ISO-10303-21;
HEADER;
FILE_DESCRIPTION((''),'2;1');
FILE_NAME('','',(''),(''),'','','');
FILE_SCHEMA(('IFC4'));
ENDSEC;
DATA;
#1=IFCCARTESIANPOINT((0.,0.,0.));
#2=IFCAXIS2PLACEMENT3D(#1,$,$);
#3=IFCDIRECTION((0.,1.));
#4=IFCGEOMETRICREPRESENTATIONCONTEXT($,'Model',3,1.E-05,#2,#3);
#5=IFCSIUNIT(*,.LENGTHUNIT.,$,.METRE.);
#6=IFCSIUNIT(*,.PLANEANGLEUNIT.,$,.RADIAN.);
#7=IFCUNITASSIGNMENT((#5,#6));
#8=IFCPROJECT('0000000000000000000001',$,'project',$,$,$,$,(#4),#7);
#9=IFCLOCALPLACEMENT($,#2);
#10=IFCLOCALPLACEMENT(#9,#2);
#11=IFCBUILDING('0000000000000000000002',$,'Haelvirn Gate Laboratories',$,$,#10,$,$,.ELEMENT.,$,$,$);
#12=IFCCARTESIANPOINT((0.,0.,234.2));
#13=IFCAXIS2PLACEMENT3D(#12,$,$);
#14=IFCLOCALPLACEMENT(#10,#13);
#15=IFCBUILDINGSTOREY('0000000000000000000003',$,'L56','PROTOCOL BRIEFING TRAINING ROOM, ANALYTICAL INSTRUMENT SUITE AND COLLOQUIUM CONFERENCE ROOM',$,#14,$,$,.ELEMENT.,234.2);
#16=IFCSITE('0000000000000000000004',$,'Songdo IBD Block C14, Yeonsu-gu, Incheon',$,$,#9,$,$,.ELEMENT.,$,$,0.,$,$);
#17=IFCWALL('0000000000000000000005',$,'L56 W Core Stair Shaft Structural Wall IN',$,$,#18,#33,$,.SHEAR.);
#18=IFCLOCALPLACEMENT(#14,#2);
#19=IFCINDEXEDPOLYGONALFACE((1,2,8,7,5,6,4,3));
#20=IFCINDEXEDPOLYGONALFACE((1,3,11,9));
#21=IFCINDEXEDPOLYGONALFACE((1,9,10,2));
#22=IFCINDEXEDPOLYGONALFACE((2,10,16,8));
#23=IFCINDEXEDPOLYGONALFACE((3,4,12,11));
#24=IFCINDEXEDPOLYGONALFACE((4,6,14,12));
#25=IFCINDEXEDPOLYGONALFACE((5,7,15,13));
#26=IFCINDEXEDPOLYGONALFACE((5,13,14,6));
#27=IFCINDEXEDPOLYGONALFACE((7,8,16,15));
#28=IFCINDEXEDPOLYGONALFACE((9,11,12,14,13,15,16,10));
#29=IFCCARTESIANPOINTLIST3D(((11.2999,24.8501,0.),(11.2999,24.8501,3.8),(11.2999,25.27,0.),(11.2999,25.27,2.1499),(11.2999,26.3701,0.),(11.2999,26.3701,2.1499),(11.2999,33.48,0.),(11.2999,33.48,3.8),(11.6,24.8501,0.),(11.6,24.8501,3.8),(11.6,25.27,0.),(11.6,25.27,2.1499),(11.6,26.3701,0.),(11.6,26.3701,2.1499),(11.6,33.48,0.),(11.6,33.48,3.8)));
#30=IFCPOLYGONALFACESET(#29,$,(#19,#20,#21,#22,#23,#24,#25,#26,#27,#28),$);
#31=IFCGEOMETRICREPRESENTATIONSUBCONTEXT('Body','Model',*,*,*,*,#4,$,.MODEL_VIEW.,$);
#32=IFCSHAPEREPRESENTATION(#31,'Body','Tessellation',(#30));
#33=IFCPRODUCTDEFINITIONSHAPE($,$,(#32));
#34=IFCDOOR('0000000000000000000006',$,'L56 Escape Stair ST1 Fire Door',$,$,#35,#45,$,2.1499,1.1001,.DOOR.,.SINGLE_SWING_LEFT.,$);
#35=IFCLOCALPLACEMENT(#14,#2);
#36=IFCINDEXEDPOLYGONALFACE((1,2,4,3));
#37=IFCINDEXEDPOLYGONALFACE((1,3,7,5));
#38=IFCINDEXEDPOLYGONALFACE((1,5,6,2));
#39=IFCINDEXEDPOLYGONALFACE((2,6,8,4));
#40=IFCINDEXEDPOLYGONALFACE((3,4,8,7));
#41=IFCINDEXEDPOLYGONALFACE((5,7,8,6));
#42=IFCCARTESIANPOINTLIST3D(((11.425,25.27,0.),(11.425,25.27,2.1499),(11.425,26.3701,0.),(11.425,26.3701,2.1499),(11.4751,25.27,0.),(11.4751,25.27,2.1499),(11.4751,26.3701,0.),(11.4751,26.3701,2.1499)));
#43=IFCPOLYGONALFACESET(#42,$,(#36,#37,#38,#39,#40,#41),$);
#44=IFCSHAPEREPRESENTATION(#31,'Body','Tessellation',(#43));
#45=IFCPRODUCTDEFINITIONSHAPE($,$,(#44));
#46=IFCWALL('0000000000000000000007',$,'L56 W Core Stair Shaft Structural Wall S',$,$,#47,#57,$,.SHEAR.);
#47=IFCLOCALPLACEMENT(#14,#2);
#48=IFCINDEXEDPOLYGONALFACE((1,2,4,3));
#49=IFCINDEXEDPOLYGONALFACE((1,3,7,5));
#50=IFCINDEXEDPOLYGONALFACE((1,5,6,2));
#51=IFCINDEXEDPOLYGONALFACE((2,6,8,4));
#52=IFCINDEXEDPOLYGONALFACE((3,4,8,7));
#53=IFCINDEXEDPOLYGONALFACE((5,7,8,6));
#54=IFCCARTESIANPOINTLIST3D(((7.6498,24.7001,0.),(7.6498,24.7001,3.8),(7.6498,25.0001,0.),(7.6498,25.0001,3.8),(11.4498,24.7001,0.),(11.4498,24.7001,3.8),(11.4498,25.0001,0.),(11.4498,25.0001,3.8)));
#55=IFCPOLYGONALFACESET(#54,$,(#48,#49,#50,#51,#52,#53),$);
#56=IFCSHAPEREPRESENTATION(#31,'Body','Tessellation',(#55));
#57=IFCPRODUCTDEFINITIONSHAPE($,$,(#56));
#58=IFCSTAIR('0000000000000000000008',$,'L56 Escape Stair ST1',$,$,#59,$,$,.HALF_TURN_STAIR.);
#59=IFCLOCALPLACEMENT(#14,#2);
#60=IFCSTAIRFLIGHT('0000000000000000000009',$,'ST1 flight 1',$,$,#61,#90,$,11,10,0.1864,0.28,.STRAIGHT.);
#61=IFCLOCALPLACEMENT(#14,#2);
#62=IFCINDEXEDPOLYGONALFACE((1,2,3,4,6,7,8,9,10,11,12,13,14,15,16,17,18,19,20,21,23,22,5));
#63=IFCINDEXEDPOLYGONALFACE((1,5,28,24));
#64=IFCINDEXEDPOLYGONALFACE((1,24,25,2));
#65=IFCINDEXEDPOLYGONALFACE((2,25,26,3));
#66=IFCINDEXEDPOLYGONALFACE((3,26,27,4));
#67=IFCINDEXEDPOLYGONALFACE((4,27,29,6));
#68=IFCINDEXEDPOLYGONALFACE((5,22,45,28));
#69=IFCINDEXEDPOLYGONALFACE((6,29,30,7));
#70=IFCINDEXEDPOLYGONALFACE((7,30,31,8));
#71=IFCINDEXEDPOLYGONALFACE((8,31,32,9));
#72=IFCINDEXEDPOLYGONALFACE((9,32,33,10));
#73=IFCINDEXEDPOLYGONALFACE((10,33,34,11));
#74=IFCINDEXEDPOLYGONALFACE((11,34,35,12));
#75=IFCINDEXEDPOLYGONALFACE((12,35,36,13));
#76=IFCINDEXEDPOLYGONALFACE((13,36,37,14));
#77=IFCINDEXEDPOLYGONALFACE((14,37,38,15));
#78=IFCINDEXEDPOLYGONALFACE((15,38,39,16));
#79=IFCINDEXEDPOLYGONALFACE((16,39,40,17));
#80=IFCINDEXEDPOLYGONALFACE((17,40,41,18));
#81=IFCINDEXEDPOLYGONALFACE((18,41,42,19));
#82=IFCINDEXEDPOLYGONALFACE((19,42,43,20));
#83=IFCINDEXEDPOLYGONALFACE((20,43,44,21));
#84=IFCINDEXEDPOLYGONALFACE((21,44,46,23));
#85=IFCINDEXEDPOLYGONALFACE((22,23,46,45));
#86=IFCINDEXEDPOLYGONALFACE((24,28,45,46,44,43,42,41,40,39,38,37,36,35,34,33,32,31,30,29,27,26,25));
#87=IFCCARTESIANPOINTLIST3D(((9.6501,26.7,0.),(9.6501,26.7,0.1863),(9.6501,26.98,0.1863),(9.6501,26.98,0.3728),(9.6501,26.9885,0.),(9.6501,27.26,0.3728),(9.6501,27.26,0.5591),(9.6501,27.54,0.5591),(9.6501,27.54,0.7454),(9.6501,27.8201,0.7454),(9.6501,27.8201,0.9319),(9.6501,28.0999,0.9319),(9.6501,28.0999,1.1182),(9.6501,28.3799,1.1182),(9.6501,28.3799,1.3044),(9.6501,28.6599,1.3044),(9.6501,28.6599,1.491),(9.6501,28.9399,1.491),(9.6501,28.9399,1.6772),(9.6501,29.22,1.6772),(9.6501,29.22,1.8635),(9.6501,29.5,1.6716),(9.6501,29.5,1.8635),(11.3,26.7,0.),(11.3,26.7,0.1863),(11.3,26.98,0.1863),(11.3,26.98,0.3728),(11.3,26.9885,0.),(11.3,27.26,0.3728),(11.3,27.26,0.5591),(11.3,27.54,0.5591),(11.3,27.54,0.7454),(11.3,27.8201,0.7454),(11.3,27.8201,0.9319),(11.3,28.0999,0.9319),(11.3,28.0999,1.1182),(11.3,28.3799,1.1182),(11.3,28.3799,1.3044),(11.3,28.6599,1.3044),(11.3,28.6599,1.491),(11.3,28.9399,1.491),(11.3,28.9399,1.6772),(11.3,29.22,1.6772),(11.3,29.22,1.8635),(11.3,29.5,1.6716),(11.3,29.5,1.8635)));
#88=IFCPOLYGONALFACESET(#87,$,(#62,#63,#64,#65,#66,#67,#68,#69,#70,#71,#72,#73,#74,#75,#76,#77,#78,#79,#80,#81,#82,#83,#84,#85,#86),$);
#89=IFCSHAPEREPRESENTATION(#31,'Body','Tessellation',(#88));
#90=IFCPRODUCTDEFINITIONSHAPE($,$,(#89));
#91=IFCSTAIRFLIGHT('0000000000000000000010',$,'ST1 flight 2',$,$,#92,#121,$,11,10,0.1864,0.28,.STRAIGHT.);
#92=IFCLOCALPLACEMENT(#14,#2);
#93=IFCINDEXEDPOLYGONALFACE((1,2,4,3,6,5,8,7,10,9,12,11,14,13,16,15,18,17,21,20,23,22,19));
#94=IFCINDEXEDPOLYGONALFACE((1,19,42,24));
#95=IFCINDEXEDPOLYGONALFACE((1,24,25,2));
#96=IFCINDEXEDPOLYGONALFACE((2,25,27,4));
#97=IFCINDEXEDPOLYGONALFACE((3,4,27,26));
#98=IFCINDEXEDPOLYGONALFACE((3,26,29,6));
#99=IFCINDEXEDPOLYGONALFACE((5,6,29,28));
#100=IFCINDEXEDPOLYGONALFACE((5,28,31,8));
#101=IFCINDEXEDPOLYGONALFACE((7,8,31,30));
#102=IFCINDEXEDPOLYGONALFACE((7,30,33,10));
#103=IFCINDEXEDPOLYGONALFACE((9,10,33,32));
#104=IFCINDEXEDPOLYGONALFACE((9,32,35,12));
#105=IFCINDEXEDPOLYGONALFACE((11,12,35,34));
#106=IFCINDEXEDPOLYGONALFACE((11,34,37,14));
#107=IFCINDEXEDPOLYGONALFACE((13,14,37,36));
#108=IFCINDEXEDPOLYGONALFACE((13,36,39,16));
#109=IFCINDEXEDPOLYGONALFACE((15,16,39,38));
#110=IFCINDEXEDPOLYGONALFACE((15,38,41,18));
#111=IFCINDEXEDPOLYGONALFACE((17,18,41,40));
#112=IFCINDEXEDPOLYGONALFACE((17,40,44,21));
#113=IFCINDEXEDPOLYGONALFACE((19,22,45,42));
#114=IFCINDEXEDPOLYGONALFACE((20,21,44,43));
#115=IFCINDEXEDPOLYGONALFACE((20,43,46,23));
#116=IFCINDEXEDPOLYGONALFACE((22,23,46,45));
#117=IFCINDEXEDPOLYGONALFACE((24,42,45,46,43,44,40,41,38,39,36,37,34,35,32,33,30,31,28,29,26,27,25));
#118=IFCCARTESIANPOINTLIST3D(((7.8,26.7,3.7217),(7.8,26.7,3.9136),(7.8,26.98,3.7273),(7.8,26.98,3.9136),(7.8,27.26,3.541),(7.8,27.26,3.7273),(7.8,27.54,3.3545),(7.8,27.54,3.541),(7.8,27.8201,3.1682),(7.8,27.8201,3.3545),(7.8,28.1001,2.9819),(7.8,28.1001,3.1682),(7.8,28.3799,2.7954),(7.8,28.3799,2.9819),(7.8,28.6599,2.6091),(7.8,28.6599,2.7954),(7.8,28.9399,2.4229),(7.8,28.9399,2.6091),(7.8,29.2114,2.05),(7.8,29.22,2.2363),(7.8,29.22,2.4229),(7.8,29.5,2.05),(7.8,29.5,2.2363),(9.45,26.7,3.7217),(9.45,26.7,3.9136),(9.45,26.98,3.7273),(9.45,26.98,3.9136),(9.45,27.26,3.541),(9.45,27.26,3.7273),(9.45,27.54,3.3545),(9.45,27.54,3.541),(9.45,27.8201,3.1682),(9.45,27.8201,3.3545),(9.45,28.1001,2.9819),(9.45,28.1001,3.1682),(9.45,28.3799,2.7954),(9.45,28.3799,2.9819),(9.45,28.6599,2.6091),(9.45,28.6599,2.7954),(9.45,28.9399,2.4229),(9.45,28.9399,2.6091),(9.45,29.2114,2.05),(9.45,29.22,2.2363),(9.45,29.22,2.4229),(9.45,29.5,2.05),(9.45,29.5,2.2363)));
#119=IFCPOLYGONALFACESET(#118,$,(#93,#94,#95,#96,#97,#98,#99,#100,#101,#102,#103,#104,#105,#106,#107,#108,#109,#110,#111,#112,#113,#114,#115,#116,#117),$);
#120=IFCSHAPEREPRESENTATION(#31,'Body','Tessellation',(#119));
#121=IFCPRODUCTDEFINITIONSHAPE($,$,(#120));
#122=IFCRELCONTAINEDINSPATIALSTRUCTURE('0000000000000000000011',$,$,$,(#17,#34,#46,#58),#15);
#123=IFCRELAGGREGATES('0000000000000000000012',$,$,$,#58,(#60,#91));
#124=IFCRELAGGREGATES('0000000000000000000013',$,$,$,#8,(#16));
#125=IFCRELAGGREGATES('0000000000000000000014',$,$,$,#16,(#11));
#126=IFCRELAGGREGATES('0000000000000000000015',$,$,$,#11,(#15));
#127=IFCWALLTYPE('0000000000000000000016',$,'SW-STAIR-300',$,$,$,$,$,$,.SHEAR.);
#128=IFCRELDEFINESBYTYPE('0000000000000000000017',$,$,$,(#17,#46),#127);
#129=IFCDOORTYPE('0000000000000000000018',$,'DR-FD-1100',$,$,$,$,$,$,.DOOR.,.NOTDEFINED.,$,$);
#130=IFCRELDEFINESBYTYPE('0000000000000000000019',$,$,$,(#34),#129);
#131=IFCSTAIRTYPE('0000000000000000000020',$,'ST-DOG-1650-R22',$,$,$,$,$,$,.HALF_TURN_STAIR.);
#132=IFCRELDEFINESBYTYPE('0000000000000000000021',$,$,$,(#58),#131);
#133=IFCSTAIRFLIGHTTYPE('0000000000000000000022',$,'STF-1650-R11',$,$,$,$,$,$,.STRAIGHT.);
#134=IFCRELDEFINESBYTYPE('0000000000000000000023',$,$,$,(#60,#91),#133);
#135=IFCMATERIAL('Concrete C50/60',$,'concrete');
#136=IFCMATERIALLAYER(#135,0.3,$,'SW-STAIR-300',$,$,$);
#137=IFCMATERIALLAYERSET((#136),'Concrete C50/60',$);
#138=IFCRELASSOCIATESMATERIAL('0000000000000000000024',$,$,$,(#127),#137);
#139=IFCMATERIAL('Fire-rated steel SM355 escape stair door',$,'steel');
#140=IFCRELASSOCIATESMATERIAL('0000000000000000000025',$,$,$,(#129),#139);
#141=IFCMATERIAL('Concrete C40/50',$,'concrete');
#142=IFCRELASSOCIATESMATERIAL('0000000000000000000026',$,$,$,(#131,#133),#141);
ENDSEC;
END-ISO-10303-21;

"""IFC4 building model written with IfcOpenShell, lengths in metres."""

from ifc_helpers import new_model, si_unit, direction, frame, frame_2d, origin, place, context, subcontext, project, spatial, polyline, rectangle, outline, extrude, source, transform, mapped, material, layer, layer_set, type_object, type_shapes, element, fill, aggregate, save


model = new_model("IFC4")

# Units and contexts
model_context = context("Model", 3, precision=1e-05, world=origin(), true_north=direction((0.0, 1.0)))
body_context = subcontext(model_context, "Body", "Model", "MODEL_VIEW")
ifc_project = project(units=[si_unit("LENGTHUNIT", "METRE"), si_unit("PLANEANGLEUNIT", "RADIAN")], contexts=[model_context])

# Site, building, storey
site_placement = place(None, origin())
site = spatial("IfcSite", under=ifc_project, at=site_placement, Name="Songdo IBD Block C14, Yeonsu-gu, Incheon", CompositionType="ELEMENT", RefElevation=0.0)
building_placement = place(site_placement, origin())
building = spatial("IfcBuilding", under=site, at=building_placement, Name="Haelvirn Gate Laboratories", CompositionType="ELEMENT")
storey_placement = place(building_placement, frame((0.0, 0.0, 234.2)))
storey = spatial("IfcBuildingStorey", under=building, at=storey_placement, Name="L56", Description="PROTOCOL BRIEFING TRAINING ROOM, ANALYTICAL INSTRUMENT SUITE AND COLLOQUIUM CONFERENCE ROOM", CompositionType="ELEMENT", Elevation=234.2)

# Shared definitions
ifc_material_1 = material(Name="Concrete C50/60", Category="concrete")

# Shared definitions
ifc_material_2 = material(Name="Concrete C40/50", Category="concrete")

# Wall, opening, door
ifc_layer_1 = layer(ifc_material_1, 0.3, Name="SW-STAIR-300")
ifc_layer_set_1 = layer_set([ifc_layer_1], Name="Concrete C50/60")
wall_type_1 = type_object("IfcWallType", Name="SW-STAIR-300", PredefinedType="SHEAR", material=ifc_layer_set_1)
wall_1_placement = place(storey_placement, frame((11.45, 24.8501, 0.0), z_axis=(0.0, 0.0, 1.0), x_axis=(0.0, 1.0, 0.0)))
wall_1 = element("IfcWall", 1, at=wall_1_placement, inside=storey, type_object=wall_type_1, Name="L56 W Core Stair Shaft Structural Wall IN", PredefinedType="SHEAR", context=body_context, shape_type="SweptSolid", body=[
    extrude(rectangle(XDim=8.6299, YDim=0.3, at=frame_2d((4.3149, 0.0))), origin(), (0.0, 0.0, 1.0), 3.8),
])
opening_placement = place(wall_1_placement, frame((0.4199, 0.0, 0.0)))
opening = element("IfcOpeningElement", 2, at=opening_placement, cuts=wall_1, PredefinedType="OPENING", context=body_context, shape_type="SweptSolid", body=[
    extrude(rectangle(XDim=1.1001, YDim=2.1499, at=frame_2d((0.55, 1.075))), frame((0.0, 0.1602, 0.0), z_axis=(0.0, -1.0, 0.0), x_axis=(1.0, 0.0, 0.0)), (0.0, 0.0, 1.0), 0.3201),
])
ifc_material_3 = material(Name="Fire-rated steel SM355 escape stair door", Category="steel")
door_type = type_object("IfcDoorType", Name="DR-FD-1100", OperationType="NOTDEFINED", PredefinedType="DOOR", material=ifc_material_3)
shared_shape_1 = source(origin(), body_context, "Body", "SweptSolid", [
    extrude(rectangle(XDim=1.1001, YDim=2.1499, at=frame_2d((0.55, 1.075))), frame((0.0, 0.0249, 0.0), z_axis=(0.0, -1.0, 0.0), x_axis=(1.0, 0.0, 0.0)), (0.0, 0.0, 1.0), 0.05),
])
type_shapes(door_type, [shared_shape_1])
door_placement = place(opening_placement, origin())
door = element("IfcDoor", 3, at=door_placement, inside=storey, type_object=door_type, Name="L56 Escape Stair ST1 Fire Door", OperationType="SINGLE_SWING_LEFT", OverallHeight=2.1499, OverallWidth=1.1001, PredefinedType="DOOR", context=body_context, shape_type="MappedRepresentation", body=[
    mapped(shared_shape_1, transform((0.0, 0.0, 0.0), scale=1.0)),
])
fill(opening, door)

# Wall
wall_2_placement = place(storey_placement, frame((7.6499, 24.8501, 0.0), z_axis=(0.0, 0.0, 1.0), x_axis=(1.0, 0.0, 0.0)))
element("IfcWall", 4, at=wall_2_placement, inside=storey, type_object=wall_type_1, Name="L56 W Core Stair Shaft Structural Wall S", PredefinedType="SHEAR", context=body_context, shape_type="SweptSolid", body=[
    extrude(rectangle(XDim=3.8, YDim=0.3, at=frame_2d((1.8999, 0.0))), origin(), (0.0, 0.0, 1.0), 3.8),
])

# Stair, stair flights
stair_type = type_object("IfcStairType", Name="ST-DOG-1650-R22", PredefinedType="HALF_TURN_STAIR", material=ifc_material_2)
stair_placement = place(storey_placement, origin())
stair = element("IfcStair", 5, at=stair_placement, inside=storey, type_object=stair_type, Name="L56 Escape Stair ST1", PredefinedType="HALF_TURN_STAIR")
stair_flight_type = type_object("IfcStairFlightType", Name="STF-1650-R11", PredefinedType="STRAIGHT", material=ifc_material_2)
shared_shape_2 = source(origin(), body_context, "Body", "SweptSolid", [
    extrude(outline(polyline([(0.0, 0.0), (0.0, 0.1863), (0.28, 0.1863), (0.28, 0.3728), (0.5601, 0.3728), (0.5601, 0.5591), (0.8401, 0.5591), (0.8401, 0.7454), (1.1201, 0.7454), (1.1201, 0.9319), (1.3999, 0.9319), (1.3999, 1.1182), (1.6799, 1.1182), (1.6799, 1.3044), (1.96, 1.3044), (1.96, 1.491), (2.24, 1.491), (2.24, 1.6772), (2.52, 1.6772), (2.52, 1.8635), (2.8, 1.8635), (2.8, 2.05), (2.8, 1.6716), (0.2886, 0.0), (0.0, 0.0)])), frame((0.0, 0.825, 0.0), z_axis=(0.0, -1.0, 0.0), x_axis=(1.0, 0.0, 0.0)), (0.0, 0.0, 1.0), 1.6499),
])
type_shapes(stair_flight_type, [shared_shape_2])
stair_flight_1_placement = place(storey_placement, frame((10.4751, 26.7, 0.0), z_axis=(0.0, 0.0, 1.0), x_axis=(0.0, 1.0, 0.0)))
stair_flight_1 = element("IfcStairFlight", 6, at=stair_flight_1_placement, type_object=stair_flight_type, Name="ST1 flight 1", NumberOfRisers=11, NumberOfTreads=10, PredefinedType="STRAIGHT", RiserHeight=0.1864, TreadLength=0.28, context=body_context, shape_type="MappedRepresentation", body=[
    mapped(shared_shape_2, transform((0.0, 0.0, 0.0), scale=1.0)),
])
stair_flight_2_placement = place(storey_placement, frame((8.625, 29.5, 2.05), z_axis=(0.0, 0.0, 1.0), x_axis=(0.0, -1.0, 0.0)))
stair_flight_2 = element("IfcStairFlight", 7, at=stair_flight_2_placement, type_object=stair_flight_type, Name="ST1 flight 2", NumberOfRisers=11, NumberOfTreads=10, PredefinedType="STRAIGHT", RiserHeight=0.1864, TreadLength=0.28, context=body_context, shape_type="MappedRepresentation", body=[
    mapped(shared_shape_2, transform((0.0, 0.0, 0.0), scale=1.0)),
])
aggregate(stair, [stair_flight_1, stair_flight_2])

save(model, "model.ifc")
